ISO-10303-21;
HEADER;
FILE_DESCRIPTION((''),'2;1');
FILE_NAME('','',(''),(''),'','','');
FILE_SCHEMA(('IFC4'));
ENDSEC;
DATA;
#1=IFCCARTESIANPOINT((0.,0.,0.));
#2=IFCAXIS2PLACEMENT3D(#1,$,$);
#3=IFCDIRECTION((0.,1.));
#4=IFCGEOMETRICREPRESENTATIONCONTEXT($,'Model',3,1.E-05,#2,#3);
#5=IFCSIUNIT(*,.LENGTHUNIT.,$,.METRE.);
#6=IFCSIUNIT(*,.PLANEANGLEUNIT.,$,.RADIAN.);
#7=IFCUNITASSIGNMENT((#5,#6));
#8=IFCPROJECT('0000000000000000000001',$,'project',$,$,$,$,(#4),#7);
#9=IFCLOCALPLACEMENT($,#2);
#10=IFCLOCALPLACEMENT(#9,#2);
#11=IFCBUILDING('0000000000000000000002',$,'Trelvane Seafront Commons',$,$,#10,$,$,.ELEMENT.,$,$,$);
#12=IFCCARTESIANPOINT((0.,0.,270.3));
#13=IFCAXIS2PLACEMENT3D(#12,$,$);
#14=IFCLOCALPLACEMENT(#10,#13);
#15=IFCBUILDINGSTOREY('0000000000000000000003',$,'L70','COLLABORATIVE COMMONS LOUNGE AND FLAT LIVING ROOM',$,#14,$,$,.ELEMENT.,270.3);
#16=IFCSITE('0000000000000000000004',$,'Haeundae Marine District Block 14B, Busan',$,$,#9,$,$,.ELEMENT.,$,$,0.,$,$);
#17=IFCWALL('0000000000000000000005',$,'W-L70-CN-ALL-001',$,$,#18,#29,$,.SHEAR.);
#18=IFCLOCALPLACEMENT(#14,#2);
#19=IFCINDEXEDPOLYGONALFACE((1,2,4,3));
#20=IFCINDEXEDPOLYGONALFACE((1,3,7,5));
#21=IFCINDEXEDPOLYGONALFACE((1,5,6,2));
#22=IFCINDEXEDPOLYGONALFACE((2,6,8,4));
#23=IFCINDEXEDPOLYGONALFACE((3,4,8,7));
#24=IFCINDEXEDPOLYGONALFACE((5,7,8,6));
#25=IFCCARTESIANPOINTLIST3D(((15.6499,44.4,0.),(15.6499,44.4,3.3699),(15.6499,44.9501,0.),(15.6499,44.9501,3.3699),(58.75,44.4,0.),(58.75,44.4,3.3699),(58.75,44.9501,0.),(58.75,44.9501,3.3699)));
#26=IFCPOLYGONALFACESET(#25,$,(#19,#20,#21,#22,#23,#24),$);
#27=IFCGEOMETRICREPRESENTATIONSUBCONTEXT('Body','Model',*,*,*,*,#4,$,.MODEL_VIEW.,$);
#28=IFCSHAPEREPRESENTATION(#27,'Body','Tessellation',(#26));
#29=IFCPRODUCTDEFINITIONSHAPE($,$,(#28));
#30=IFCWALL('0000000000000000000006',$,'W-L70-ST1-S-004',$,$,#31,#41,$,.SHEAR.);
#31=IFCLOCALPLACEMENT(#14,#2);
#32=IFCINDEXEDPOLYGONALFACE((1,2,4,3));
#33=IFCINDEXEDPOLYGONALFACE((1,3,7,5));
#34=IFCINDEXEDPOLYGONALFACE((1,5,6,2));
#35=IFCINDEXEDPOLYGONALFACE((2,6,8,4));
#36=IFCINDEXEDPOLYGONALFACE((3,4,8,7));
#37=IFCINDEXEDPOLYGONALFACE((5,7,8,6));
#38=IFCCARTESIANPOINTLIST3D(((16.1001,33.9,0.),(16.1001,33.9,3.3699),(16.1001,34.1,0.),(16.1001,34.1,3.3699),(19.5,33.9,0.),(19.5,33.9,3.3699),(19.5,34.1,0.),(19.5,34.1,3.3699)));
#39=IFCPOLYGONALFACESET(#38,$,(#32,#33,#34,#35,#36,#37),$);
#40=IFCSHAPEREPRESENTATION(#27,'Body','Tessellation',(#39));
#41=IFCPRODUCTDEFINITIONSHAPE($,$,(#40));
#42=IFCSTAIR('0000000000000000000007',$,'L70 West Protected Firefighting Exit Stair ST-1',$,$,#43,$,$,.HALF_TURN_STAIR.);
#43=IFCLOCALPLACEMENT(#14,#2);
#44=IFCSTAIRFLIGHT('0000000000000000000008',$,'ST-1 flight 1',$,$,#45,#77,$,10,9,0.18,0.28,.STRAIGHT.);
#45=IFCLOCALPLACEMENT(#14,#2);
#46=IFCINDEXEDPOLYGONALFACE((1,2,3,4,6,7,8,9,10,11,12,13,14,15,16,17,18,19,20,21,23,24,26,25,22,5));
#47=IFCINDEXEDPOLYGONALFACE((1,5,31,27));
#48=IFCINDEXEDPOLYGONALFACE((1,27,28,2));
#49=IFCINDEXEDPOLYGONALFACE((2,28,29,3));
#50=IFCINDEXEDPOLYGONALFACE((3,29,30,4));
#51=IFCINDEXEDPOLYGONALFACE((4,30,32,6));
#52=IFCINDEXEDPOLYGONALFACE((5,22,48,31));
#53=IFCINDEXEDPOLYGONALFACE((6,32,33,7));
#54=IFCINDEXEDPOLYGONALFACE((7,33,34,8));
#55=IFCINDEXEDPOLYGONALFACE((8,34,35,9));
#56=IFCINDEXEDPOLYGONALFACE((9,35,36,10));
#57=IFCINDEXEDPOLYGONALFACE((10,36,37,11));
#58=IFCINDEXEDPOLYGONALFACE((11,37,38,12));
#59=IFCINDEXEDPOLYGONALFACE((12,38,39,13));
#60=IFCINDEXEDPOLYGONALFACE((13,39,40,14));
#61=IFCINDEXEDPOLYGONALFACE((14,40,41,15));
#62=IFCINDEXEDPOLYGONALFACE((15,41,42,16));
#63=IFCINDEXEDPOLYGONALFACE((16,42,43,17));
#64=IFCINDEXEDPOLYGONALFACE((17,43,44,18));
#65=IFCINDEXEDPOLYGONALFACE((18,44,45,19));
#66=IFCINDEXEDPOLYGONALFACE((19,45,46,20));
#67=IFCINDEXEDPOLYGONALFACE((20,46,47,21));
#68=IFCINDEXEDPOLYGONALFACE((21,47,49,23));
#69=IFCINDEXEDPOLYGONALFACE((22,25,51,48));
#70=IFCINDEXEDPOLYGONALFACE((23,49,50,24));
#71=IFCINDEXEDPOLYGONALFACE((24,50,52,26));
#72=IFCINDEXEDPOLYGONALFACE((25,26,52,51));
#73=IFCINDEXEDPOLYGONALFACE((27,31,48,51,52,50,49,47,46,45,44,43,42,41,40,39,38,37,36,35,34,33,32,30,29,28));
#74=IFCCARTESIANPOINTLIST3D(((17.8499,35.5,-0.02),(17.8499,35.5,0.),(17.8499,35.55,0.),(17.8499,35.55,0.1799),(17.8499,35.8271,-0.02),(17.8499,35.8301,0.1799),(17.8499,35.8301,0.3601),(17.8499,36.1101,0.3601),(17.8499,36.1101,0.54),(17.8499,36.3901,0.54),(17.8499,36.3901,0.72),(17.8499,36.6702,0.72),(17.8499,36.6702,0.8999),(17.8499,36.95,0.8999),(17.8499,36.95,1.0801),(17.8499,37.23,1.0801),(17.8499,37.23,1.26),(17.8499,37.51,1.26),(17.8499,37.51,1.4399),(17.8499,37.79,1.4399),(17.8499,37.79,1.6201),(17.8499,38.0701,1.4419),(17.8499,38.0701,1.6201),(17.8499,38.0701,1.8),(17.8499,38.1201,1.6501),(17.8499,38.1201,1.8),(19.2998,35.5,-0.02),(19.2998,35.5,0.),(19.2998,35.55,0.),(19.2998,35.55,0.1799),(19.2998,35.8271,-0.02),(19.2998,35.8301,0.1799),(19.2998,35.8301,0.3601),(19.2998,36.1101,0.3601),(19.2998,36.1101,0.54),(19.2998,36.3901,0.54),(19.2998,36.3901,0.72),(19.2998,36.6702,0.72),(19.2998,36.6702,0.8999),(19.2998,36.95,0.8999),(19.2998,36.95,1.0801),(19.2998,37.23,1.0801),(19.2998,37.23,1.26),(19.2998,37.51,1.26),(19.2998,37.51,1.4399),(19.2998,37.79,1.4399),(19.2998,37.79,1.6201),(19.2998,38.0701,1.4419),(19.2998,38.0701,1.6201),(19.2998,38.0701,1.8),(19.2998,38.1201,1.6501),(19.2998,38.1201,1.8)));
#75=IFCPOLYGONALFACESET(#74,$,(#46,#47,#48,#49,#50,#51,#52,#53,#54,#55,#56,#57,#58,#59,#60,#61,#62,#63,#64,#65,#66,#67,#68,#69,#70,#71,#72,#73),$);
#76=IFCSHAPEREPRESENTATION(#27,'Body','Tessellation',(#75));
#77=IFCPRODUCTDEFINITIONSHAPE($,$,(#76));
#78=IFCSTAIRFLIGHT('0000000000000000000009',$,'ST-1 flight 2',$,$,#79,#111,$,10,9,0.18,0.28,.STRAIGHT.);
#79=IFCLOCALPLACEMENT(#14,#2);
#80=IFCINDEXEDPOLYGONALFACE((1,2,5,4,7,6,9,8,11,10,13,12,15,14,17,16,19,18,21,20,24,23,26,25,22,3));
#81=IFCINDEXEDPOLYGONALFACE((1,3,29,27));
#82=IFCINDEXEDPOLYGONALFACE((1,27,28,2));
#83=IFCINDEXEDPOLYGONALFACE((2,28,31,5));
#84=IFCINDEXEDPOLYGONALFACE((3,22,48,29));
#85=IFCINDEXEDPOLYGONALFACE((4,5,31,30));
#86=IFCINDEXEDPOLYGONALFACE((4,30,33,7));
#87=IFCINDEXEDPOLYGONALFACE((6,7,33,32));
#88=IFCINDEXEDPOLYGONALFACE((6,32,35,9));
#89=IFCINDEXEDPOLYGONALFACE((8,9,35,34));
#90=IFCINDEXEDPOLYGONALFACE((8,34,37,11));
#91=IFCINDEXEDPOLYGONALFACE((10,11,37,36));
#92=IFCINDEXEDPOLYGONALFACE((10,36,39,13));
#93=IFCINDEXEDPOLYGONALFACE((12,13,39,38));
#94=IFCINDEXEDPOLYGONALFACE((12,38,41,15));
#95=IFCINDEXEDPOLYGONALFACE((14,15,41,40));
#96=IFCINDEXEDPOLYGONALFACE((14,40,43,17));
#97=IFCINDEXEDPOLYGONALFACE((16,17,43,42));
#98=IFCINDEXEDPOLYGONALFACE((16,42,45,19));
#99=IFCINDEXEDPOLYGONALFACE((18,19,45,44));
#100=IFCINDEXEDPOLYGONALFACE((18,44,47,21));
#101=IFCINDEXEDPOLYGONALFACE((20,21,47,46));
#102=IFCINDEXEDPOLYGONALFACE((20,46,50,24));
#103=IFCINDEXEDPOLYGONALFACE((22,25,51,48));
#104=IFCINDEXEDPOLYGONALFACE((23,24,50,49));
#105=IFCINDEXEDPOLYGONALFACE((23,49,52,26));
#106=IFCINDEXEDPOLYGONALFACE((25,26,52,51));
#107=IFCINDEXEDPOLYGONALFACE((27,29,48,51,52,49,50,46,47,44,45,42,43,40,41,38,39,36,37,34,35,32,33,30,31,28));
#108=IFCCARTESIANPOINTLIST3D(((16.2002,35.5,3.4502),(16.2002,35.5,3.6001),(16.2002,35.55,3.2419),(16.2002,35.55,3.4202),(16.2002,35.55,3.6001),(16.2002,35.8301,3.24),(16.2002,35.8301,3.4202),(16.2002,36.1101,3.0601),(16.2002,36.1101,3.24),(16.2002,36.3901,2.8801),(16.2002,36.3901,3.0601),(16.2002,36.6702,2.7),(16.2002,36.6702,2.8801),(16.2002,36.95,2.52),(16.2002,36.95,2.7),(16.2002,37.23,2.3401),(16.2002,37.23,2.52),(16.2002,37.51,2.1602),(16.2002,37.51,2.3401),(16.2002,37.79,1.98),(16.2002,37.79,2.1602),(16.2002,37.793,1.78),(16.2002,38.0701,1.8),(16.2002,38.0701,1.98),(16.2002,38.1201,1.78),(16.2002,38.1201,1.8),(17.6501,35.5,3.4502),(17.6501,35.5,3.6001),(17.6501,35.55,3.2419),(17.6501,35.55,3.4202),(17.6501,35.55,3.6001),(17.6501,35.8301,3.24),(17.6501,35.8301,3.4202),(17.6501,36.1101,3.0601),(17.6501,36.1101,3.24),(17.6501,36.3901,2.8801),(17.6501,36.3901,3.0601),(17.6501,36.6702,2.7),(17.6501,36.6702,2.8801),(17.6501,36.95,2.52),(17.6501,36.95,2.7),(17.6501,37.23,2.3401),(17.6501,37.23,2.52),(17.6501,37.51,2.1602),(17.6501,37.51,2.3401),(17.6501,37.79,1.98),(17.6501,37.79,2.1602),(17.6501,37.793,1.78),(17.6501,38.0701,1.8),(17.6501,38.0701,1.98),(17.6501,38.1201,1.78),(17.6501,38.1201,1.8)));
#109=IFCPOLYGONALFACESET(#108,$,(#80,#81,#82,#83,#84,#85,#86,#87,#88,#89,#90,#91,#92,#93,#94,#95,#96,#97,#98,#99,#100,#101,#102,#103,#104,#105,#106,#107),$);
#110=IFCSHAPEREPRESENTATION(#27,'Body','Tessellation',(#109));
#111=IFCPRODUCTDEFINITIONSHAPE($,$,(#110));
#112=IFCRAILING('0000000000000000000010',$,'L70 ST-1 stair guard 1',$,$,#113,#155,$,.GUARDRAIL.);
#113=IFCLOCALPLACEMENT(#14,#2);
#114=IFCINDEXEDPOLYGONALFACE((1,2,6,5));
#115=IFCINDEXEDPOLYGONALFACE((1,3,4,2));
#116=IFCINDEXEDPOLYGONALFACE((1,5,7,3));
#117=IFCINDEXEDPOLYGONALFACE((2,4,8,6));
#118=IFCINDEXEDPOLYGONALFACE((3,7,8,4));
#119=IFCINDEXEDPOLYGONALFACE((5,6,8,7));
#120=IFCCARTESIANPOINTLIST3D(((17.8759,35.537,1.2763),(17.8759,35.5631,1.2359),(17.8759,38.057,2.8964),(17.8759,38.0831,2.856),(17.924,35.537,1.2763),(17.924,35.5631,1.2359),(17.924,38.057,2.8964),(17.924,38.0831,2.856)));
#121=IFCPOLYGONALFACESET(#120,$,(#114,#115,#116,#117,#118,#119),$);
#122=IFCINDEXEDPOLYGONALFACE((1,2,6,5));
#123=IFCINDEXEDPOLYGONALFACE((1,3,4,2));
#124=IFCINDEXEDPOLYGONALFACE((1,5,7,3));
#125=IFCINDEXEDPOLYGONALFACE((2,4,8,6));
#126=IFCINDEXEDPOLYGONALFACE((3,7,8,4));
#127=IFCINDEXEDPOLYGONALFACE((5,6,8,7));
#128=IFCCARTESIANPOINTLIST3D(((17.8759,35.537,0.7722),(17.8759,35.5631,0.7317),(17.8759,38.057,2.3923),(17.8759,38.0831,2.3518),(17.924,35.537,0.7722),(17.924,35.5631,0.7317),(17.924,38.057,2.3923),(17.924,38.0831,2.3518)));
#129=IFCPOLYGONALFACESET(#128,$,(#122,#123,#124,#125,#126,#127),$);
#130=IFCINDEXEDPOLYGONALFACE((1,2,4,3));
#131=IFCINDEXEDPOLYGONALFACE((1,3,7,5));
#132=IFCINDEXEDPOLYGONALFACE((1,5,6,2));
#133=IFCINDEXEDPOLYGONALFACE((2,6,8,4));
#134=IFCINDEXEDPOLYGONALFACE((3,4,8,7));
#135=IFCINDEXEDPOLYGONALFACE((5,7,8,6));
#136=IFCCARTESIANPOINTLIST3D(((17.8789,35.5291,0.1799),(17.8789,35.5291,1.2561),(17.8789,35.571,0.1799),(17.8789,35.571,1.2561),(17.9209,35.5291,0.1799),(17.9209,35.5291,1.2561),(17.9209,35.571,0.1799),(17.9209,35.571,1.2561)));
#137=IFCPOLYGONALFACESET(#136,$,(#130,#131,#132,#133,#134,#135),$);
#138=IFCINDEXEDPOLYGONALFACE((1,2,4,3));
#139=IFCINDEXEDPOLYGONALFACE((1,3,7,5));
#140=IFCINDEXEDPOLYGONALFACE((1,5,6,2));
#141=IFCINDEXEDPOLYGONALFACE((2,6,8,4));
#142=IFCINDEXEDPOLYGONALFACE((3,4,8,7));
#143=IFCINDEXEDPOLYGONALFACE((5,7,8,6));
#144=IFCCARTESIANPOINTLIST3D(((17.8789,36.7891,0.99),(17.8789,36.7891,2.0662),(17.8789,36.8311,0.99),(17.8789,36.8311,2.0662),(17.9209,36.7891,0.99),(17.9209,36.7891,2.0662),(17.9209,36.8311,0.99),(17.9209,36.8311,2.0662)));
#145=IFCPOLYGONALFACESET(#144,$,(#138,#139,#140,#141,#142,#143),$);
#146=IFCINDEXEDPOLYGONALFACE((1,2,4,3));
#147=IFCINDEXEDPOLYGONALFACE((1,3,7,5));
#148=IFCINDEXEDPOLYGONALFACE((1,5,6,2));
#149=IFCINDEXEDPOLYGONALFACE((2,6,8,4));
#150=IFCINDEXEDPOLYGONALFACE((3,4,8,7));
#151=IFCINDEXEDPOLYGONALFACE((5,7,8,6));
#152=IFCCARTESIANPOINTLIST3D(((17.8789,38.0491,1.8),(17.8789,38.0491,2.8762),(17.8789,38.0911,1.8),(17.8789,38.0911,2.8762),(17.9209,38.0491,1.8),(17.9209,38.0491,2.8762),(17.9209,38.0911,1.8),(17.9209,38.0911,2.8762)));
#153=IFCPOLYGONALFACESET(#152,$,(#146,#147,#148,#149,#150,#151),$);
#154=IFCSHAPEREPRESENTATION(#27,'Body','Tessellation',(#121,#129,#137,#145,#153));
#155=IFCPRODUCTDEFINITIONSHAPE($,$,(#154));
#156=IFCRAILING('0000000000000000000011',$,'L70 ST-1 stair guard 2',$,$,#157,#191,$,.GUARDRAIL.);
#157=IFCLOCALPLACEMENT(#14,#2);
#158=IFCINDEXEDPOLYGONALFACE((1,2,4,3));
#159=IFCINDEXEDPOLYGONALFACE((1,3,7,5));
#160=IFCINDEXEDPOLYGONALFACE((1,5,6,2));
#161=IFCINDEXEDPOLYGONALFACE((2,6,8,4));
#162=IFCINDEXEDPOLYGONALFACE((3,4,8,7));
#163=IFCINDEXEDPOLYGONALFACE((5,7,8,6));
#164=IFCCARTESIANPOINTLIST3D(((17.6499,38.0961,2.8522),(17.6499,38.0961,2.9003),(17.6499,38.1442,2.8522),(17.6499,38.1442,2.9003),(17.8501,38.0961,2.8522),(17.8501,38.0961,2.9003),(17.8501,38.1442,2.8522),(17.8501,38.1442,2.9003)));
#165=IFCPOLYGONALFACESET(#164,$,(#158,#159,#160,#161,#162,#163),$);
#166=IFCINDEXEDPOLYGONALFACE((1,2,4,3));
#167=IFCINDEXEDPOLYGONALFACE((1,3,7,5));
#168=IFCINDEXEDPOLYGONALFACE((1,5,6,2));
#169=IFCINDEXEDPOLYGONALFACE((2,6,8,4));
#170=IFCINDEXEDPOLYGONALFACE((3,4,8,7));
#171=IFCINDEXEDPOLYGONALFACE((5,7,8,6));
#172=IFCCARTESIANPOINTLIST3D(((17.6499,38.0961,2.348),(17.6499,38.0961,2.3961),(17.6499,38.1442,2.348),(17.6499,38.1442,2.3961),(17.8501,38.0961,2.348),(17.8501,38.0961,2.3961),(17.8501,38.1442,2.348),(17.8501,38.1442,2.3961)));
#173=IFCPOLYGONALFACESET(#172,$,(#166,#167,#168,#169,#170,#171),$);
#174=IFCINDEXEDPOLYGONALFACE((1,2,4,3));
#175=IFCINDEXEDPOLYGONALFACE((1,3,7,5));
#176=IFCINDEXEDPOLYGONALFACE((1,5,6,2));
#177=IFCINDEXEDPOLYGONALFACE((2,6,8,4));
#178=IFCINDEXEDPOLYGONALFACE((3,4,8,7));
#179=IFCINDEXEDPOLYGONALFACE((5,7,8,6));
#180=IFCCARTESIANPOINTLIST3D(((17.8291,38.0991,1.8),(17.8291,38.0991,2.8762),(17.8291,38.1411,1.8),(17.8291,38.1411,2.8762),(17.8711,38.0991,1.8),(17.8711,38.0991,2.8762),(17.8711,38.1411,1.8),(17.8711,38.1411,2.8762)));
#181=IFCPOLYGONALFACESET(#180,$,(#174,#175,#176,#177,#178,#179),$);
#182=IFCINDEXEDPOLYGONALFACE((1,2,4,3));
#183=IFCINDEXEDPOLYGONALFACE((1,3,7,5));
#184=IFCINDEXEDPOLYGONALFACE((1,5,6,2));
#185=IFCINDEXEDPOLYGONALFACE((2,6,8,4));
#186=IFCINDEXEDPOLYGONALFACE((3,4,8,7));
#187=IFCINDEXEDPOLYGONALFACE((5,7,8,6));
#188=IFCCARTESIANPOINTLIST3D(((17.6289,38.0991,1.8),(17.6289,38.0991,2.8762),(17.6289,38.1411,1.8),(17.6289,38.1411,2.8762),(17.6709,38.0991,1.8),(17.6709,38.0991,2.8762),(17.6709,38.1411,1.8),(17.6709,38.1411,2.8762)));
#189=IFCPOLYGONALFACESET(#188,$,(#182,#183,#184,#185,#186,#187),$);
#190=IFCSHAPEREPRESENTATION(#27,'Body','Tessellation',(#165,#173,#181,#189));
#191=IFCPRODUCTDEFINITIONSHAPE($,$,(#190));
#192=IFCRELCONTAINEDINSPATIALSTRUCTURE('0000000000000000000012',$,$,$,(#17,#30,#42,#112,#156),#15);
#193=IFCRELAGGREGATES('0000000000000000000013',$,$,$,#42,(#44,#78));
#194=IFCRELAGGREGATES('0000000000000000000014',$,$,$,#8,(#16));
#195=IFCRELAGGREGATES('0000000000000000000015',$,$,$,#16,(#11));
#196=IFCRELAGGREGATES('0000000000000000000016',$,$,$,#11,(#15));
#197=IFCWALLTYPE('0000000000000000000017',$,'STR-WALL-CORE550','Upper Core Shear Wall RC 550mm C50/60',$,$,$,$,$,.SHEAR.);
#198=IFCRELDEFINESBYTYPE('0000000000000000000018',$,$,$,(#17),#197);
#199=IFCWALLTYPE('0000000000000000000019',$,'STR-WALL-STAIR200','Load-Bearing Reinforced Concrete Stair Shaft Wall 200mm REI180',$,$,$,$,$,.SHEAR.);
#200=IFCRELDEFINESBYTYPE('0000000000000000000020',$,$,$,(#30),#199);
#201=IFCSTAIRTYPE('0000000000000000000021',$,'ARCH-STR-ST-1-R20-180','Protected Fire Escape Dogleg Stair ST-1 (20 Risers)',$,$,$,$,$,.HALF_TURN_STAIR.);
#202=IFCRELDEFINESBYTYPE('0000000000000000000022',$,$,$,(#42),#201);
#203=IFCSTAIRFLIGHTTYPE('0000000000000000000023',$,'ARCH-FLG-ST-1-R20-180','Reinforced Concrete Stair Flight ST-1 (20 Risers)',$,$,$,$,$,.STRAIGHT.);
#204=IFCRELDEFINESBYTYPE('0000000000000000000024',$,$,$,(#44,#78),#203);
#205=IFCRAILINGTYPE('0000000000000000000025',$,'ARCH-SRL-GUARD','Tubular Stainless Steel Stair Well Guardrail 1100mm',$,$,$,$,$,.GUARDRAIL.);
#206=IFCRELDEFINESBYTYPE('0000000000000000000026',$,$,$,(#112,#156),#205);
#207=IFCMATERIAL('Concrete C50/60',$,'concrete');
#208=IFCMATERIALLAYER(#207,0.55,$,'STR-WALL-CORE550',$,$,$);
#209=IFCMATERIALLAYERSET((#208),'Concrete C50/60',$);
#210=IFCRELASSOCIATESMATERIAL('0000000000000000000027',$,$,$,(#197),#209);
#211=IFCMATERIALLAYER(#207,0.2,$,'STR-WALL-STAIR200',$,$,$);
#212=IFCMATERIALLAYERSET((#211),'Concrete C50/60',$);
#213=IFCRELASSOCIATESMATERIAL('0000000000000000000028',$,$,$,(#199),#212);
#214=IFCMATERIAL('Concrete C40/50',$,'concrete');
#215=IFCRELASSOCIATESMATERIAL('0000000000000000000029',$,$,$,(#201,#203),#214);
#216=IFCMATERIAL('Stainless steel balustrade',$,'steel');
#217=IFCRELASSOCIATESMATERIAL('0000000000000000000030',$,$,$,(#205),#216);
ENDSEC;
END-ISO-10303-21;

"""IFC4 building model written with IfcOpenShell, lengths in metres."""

from ifc_helpers import new_model, si_unit, direction, frame, frame_2d, origin, origin_2d, place, context, subcontext, project, spatial, polyline, rectangle, outline, extrude, source, transform, mapped, material, layer, layer_set, type_object, element, aggregate, save


model = new_model("IFC4")

# Units and contexts
model_context = context("Model", 3, precision=1e-05, world=origin(), true_north=direction((0.0, 1.0)))
body_context = subcontext(model_context, "Body", "Model", "MODEL_VIEW")
ifc_project = project(units=[si_unit("LENGTHUNIT", "METRE"), si_unit("PLANEANGLEUNIT", "RADIAN")], contexts=[model_context])

# Site, building, storey
site_placement = place(None, origin())
site = spatial("IfcSite", under=ifc_project, at=site_placement, Name="Haeundae Marine District Block 14B, Busan", CompositionType="ELEMENT", RefElevation=0.0)
building_placement = place(site_placement, origin())
building = spatial("IfcBuilding", under=site, at=building_placement, Name="Trelvane Seafront Commons", CompositionType="ELEMENT")
storey_placement = place(building_placement, frame((0.0, 0.0, 270.3)))
storey = spatial("IfcBuildingStorey", under=building, at=storey_placement, Name="L70", Description="COLLABORATIVE COMMONS LOUNGE AND FLAT LIVING ROOM", CompositionType="ELEMENT", Elevation=270.3)

# Shared definitions
ifc_material_1 = material(Name="Concrete C50/60", Category="concrete")

# Shared definitions
ifc_material_2 = material(Name="Concrete C40/50", Category="concrete")
ifc_material_3 = material(Name="Stainless steel balustrade", Category="steel")

# Walls
ifc_layer_1 = layer(ifc_material_1, 0.55, Name="STR-WALL-CORE550")
ifc_layer_set_1 = layer_set([ifc_layer_1], Name="Concrete C50/60")
wall_type_1 = type_object("IfcWallType", Name="STR-WALL-CORE550", Description="Upper Core Shear Wall RC 550mm C50/60", PredefinedType="SHEAR", material=ifc_layer_set_1)
wall_1_placement = place(storey_placement, frame((15.6499, 44.675, 0.0), z_axis=(0.0, 0.0, 1.0), x_axis=(1.0, 0.0, 0.0)))
element("IfcWall", 1, at=wall_1_placement, inside=storey, type_object=wall_type_1, Name="W-L70-CN-ALL-001", PredefinedType="SHEAR", context=body_context, shape_type="SweptSolid", body=[
    extrude(rectangle(XDim=43.1001, YDim=0.55, at=frame_2d((21.55, 0.0))), origin(), (0.0, 0.0, 1.0), 3.3699),
])
ifc_layer_2 = layer(ifc_material_1, 0.2, Name="STR-WALL-STAIR200")
ifc_layer_set_2 = layer_set([ifc_layer_2], Name="Concrete C50/60")
wall_type_2 = type_object("IfcWallType", Name="STR-WALL-STAIR200", Description="Load-Bearing Reinforced Concrete Stair Shaft Wall 200mm REI180", PredefinedType="SHEAR", material=ifc_layer_set_2)
wall_2_placement = place(storey_placement, frame((16.1001, 34.0, 0.0), z_axis=(0.0, 0.0, 1.0), x_axis=(1.0, 0.0, 0.0)))
element("IfcWall", 2, at=wall_2_placement, inside=storey, type_object=wall_type_2, Name="W-L70-ST1-S-004", PredefinedType="SHEAR", context=body_context, shape_type="SweptSolid", body=[
    extrude(rectangle(XDim=3.3999, YDim=0.2, at=frame_2d((1.7, 0.0))), origin(), (0.0, 0.0, 1.0), 3.3699),
])

# Stair, stair flights
stair_type = type_object("IfcStairType", Name="ARCH-STR-ST-1-R20-180", Description="Protected Fire Escape Dogleg Stair ST-1 (20 Risers)", PredefinedType="HALF_TURN_STAIR", material=ifc_material_2)
stair_placement = place(storey_placement, origin())
stair = element("IfcStair", 3, at=stair_placement, inside=storey, type_object=stair_type, Name="L70 West Protected Firefighting Exit Stair ST-1", PredefinedType="HALF_TURN_STAIR")
stair_flight_type = type_object("IfcStairFlightType", Name="ARCH-FLG-ST-1-R20-180", Description="Reinforced Concrete Stair Flight ST-1 (20 Risers)", PredefinedType="STRAIGHT", material=ifc_material_2)
shared_shape_1 = source(origin(), body_context, "Body", "SweptSolid", [
    extrude(outline(polyline([(-0.05, -0.02), (-0.05, 0.0), (0.0, 0.0), (0.0, 0.1799), (0.28, 0.1799), (0.28, 0.3601), (0.5601, 0.3601), (0.5601, 0.54), (0.8401, 0.54), (0.8401, 0.72), (1.1201, 0.72), (1.1201, 0.8999), (1.3999, 0.8999), (1.3999, 1.0801), (1.6799, 1.0801), (1.6799, 1.26), (1.96, 1.26), (1.96, 1.4399), (2.24, 1.4399), (2.24, 1.6201), (2.52, 1.6201), (2.52, 1.8), (2.5701, 1.8), (2.5701, 1.6501), (2.52, 1.4419), (0.2771, -0.02), (-0.05, -0.02)])), frame((0.0, 0.7251, 0.0), z_axis=(0.0, -1.0, 0.0), x_axis=(1.0, 0.0, 0.0)), (0.0, 0.0, 1.0), 1.45),
])
stair_flight_1_placement = place(storey_placement, frame((18.575, 35.55, 0.0), z_axis=(0.0, 0.0, 1.0), x_axis=(0.0, 1.0, 0.0)))
stair_flight_1 = element("IfcStairFlight", 4, at=stair_flight_1_placement, type_object=stair_flight_type, Name="ST-1 flight 1", NumberOfRisers=10, NumberOfTreads=9, PredefinedType="STRAIGHT", RiserHeight=0.18, TreadLength=0.28, context=body_context, shape_type="MappedRepresentation", body=[
    mapped(shared_shape_1, transform((0.0, 0.0, 0.0), x_axis=(1.0, 0.0, 0.0), y_axis=(0.0, 1.0, 0.0), z_axis=(0.0, 0.0, 1.0), scale=1.0)),
])
stair_flight_2_placement = place(storey_placement, frame((16.925, 38.0701, 1.8), z_axis=(0.0, 0.0, 1.0), x_axis=(0.0, -1.0, 0.0)))
stair_flight_2 = element("IfcStairFlight", 5, at=stair_flight_2_placement, type_object=stair_flight_type, Name="ST-1 flight 2", NumberOfRisers=10, NumberOfTreads=9, PredefinedType="STRAIGHT", RiserHeight=0.18, TreadLength=0.28, context=body_context, shape_type="MappedRepresentation", body=[
    mapped(shared_shape_1, transform((0.0, 0.0, 0.0), x_axis=(1.0, 0.0, 0.0), y_axis=(0.0, 1.0, 0.0), z_axis=(0.0, 0.0, 1.0), scale=1.0)),
])
aggregate(stair, [stair_flight_1, stair_flight_2])

# Railings
railing_type_1 = type_object("IfcRailingType", Name="ARCH-SRL-GUARD", Description="Tubular Stainless Steel Stair Well Guardrail 1100mm", PredefinedType="GUARDRAIL", material=ifc_material_3)
railing_1_placement = place(storey_placement, frame((17.8999, 35.55, 0.1799)))
element("IfcRailing", 6, at=railing_1_placement, inside=storey, type_object=railing_type_1, Name="L70 ST-1 stair guard 1", PredefinedType="GUARDRAIL", context=body_context, shape_type="SweptSolid", body=[
    extrude(rectangle(XDim=0.0481, YDim=0.0481, at=origin_2d()), frame((0.0, 0.0, 1.0762), z_axis=(0.0, 0.841163, 0.540782), x_axis=(-1.0, 0.0, 0.0)), (0.0, 0.0, 1.0), 2.9958),
    extrude(rectangle(XDim=0.0481, YDim=0.0481, at=origin_2d()), frame((0.0, 0.0, 0.572), z_axis=(0.0, 0.841163, 0.540782), x_axis=(-1.0, 0.0, 0.0)), (0.0, 0.0, 1.0), 2.9958),
    extrude(rectangle(XDim=0.042, YDim=0.042, at=origin_2d()), origin(), (0.0, 0.0, 1.0), 1.0762),
    extrude(rectangle(XDim=0.042, YDim=0.042, at=origin_2d()), frame((0.0, 1.26, 0.8101)), (0.0, 0.0, 1.0), 1.0762),
    extrude(rectangle(XDim=0.042, YDim=0.042, at=origin_2d()), frame((0.0, 2.52, 1.6201)), (0.0, 0.0, 1.0), 1.0762),
])
railing_2_placement = place(storey_placement, frame((17.8501, 38.1201, 1.8)))
element("IfcRailing", 7, at=railing_2_placement, inside=storey, type_object=railing_type_1, Name="L70 ST-1 stair guard 2", PredefinedType="GUARDRAIL", context=body_context, shape_type="SweptSolid", body=[
    extrude(rectangle(XDim=0.0481, YDim=0.0481, at=origin_2d()), frame((0.0, 0.0, 1.0762), z_axis=(-1.0, 0.0, 0.0), x_axis=(0.0, -1.0, 0.0)), (0.0, 0.0, 1.0), 0.2002),
    extrude(rectangle(XDim=0.0481, YDim=0.0481, at=origin_2d()), frame((0.0, 0.0, 0.572), z_axis=(-1.0, 0.0, 0.0), x_axis=(0.0, -1.0, 0.0)), (0.0, 0.0, 1.0), 0.2002),
    extrude(rectangle(XDim=0.042, YDim=0.042, at=origin_2d()), origin(), (0.0, 0.0, 1.0), 1.0762),
    extrude(rectangle(XDim=0.042, YDim=0.042, at=origin_2d()), frame((-0.2002, 0.0, 0.0)), (0.0, 0.0, 1.0), 1.0762),
])

save(model, "model.ifc")
